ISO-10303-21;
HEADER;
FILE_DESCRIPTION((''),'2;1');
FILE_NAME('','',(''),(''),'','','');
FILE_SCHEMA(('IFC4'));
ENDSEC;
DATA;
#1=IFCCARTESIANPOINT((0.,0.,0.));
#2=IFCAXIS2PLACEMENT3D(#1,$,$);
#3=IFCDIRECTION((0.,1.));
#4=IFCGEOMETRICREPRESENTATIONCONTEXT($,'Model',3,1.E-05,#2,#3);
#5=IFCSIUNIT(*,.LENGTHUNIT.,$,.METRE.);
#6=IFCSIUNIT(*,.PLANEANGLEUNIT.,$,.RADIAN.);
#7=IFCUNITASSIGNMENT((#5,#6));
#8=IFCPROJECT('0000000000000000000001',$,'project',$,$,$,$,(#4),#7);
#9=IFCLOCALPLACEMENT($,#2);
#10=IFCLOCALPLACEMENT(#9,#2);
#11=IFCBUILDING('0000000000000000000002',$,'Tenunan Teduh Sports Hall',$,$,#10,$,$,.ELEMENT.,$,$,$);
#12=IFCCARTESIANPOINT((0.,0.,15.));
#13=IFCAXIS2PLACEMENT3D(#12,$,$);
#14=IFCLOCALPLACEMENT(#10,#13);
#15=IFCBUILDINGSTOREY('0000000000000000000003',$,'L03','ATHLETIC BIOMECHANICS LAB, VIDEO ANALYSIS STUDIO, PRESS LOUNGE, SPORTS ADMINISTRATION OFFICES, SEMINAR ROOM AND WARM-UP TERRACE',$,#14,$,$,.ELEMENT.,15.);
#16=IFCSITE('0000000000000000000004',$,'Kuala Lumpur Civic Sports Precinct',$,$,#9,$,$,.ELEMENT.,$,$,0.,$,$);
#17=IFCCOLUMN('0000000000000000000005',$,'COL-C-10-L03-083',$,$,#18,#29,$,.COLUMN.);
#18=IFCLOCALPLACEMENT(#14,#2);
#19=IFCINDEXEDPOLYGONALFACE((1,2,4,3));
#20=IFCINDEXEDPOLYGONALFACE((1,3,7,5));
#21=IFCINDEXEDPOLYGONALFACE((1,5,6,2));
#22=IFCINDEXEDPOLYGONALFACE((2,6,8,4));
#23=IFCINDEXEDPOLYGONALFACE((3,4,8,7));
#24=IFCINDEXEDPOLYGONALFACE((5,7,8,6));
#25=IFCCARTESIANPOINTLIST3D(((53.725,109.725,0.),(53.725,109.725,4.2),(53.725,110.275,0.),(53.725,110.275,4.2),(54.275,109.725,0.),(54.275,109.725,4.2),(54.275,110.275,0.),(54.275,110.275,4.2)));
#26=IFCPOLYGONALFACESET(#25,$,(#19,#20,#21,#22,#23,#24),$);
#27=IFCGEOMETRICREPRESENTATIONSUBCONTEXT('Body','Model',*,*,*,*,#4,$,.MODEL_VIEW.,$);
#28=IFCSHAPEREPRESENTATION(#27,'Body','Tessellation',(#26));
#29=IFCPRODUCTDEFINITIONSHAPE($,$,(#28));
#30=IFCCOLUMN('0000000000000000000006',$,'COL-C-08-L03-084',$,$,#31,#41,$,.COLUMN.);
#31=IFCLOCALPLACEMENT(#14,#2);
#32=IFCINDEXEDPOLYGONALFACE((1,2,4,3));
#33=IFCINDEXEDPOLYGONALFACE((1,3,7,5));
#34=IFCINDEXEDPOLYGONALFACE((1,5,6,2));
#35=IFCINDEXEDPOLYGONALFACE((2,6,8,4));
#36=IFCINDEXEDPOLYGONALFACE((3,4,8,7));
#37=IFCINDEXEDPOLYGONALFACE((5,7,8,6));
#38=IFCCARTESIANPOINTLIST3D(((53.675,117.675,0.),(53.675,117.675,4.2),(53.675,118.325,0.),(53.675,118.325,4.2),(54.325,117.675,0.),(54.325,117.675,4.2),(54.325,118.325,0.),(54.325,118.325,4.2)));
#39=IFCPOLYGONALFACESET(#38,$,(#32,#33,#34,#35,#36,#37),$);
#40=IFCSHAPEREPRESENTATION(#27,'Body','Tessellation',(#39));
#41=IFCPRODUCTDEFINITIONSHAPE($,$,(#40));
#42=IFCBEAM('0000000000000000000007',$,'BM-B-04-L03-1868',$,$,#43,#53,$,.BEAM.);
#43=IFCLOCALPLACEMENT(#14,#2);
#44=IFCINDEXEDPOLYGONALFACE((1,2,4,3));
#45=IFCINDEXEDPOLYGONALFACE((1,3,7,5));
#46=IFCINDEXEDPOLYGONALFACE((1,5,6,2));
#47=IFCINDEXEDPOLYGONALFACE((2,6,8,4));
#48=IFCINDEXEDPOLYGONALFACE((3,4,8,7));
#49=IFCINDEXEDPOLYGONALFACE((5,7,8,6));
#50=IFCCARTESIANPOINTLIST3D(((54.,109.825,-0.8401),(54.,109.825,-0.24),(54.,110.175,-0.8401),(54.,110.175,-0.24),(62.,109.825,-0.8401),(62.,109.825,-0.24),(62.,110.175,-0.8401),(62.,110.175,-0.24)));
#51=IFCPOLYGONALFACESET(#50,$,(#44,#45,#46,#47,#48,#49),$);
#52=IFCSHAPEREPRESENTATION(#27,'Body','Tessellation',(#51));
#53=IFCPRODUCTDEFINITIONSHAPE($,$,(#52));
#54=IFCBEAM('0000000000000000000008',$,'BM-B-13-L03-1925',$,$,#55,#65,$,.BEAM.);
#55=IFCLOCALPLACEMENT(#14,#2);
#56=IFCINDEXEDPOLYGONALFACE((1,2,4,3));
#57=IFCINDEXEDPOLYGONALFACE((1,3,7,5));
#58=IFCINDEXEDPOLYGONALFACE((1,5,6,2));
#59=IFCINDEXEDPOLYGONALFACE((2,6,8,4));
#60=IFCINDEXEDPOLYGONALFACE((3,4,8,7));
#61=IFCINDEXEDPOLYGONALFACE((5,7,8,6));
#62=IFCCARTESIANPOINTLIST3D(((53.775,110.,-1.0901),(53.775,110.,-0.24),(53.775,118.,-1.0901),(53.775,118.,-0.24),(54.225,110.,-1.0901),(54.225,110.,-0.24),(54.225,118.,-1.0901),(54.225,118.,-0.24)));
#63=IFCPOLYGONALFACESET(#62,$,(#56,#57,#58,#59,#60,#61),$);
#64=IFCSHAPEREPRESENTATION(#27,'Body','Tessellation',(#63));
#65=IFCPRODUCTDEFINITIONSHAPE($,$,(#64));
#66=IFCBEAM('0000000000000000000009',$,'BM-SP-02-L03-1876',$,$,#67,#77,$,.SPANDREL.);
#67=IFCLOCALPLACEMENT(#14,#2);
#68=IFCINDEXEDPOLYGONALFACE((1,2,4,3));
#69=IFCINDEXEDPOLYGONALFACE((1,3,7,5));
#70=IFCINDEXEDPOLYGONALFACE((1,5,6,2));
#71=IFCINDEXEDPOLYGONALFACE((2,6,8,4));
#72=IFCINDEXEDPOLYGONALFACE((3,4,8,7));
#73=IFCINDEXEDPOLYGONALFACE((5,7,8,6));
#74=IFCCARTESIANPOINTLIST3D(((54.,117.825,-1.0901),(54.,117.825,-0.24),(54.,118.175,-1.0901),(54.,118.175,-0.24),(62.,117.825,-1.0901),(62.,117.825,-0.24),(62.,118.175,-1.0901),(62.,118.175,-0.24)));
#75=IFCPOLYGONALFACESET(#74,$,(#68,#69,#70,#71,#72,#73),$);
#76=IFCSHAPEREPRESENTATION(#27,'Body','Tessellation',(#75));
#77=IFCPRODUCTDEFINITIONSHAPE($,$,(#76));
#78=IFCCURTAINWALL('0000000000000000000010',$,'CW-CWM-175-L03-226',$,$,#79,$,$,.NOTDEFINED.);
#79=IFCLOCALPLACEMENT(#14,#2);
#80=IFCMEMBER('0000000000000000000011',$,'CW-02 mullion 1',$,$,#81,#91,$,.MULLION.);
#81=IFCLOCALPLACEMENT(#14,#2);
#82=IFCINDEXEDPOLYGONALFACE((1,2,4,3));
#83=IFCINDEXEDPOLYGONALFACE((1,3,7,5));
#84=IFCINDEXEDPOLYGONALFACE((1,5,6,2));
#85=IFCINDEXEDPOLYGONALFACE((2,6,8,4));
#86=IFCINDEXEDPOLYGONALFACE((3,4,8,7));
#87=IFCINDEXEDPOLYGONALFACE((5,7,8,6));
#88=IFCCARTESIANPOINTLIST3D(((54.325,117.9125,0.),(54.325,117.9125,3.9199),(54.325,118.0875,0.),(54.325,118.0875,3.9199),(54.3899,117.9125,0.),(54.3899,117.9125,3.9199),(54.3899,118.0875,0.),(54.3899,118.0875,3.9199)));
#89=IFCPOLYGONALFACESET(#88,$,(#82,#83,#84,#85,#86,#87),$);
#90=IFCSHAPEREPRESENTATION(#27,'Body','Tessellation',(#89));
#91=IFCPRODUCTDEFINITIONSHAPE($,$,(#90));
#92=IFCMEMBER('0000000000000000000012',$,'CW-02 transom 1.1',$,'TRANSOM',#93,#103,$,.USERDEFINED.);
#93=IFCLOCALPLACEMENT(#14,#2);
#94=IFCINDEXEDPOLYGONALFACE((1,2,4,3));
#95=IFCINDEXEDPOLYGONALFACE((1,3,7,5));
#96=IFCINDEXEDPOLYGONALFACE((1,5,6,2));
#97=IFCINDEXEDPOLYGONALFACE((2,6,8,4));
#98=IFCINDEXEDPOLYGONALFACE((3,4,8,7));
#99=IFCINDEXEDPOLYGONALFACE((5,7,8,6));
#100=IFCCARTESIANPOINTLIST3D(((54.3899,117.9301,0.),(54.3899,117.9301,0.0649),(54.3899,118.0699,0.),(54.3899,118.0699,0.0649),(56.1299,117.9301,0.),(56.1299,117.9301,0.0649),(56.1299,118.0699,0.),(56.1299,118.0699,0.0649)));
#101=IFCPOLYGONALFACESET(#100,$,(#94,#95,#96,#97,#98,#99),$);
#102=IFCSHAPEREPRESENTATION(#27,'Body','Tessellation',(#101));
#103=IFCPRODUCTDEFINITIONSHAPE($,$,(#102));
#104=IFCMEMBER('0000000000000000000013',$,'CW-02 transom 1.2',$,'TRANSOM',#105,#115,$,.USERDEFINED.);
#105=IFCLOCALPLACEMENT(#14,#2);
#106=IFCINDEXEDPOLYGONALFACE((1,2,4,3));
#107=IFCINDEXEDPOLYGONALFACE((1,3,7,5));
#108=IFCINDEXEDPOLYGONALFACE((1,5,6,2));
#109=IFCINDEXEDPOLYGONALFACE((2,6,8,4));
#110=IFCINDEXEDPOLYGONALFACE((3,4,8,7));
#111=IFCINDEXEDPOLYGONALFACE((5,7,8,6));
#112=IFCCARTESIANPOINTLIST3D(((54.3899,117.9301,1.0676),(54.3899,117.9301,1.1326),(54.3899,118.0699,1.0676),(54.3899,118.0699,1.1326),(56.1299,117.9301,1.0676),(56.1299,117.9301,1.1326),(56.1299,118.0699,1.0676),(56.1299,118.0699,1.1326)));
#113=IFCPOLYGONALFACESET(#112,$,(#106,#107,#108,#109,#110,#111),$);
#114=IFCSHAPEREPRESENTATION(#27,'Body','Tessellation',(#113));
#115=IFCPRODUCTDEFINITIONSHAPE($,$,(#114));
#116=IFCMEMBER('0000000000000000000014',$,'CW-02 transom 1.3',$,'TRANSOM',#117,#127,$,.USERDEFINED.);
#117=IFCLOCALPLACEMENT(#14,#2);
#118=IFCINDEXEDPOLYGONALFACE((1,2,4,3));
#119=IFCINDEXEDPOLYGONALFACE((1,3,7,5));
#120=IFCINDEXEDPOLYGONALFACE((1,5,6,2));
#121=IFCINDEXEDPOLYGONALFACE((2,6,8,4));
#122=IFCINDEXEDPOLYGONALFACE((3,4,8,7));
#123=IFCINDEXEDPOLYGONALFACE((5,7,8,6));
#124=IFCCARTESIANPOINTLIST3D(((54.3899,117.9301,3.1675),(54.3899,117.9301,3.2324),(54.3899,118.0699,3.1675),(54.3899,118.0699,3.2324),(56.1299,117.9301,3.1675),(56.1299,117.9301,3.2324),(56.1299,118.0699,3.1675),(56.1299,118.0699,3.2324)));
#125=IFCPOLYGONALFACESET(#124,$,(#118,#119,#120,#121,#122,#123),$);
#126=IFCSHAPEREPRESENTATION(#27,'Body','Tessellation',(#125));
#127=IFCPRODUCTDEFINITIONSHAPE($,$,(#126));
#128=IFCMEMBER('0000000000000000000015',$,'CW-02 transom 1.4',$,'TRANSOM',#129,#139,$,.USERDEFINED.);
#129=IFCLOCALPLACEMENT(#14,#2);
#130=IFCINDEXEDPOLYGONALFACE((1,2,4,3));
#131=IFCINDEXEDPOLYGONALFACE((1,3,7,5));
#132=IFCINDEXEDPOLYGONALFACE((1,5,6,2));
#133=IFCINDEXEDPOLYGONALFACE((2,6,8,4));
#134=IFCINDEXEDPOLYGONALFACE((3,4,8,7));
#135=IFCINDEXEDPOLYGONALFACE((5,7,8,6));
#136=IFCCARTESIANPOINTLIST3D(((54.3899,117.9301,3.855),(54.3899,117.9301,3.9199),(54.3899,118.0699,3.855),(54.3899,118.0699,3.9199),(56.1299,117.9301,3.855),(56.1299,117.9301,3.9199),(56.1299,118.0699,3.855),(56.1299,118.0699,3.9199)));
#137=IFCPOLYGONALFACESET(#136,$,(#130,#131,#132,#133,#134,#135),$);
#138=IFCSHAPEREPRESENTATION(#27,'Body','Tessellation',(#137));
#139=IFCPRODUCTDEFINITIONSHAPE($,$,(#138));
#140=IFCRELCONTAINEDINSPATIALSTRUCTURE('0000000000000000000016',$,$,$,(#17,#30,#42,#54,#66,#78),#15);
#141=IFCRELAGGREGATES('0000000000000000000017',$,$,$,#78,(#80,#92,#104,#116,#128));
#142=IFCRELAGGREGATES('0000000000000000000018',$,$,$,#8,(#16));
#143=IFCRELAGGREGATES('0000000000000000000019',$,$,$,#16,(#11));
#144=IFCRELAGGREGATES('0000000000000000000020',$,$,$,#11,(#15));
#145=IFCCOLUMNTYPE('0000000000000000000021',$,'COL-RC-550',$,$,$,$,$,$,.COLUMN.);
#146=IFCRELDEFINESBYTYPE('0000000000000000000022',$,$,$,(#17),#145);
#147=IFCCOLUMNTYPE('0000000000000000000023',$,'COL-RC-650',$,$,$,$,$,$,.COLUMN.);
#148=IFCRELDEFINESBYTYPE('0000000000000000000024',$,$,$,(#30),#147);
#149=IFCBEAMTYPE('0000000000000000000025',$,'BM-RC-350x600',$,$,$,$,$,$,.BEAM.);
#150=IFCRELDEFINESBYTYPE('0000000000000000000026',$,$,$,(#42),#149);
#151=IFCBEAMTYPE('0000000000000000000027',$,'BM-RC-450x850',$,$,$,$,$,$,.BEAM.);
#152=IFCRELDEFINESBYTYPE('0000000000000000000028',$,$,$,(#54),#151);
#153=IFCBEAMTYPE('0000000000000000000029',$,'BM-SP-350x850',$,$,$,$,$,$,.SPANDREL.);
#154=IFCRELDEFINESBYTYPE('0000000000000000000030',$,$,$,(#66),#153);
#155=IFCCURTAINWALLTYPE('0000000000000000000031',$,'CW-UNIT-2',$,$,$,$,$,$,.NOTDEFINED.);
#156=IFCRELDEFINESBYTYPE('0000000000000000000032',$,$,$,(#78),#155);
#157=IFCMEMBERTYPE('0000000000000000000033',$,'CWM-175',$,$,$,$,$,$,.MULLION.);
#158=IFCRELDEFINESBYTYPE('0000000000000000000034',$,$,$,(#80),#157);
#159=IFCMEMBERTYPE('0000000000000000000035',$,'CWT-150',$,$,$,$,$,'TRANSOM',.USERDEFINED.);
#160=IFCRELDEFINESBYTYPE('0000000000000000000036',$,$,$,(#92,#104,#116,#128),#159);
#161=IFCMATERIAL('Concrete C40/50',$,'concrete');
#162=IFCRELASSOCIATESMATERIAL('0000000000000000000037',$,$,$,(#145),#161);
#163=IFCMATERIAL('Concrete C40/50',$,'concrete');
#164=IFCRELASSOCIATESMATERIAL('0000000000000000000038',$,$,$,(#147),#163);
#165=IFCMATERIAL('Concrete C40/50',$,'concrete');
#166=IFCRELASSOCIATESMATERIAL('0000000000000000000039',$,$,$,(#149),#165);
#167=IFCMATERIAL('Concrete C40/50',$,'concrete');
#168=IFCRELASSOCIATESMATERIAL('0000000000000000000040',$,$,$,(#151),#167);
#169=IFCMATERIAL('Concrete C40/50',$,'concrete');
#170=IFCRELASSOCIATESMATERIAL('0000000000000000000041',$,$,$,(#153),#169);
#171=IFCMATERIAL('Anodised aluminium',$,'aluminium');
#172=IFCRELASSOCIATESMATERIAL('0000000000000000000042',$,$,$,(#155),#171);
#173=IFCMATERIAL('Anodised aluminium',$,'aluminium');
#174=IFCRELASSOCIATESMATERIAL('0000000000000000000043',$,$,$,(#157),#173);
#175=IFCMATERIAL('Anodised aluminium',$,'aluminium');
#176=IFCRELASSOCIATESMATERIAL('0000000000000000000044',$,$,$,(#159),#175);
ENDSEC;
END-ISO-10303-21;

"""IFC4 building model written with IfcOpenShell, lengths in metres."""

from ifc_helpers import new_model, si_unit, direction, frame, origin, origin_2d, place, context, subcontext, project, spatial, rectangle, extrude, material, material_profile, profile_set, type_object, element, aggregate, save


model = new_model("IFC4")

# Units and contexts
model_context = context("Model", 3, precision=1e-05, world=origin(), true_north=direction((0.0, 1.0)))
body_context = subcontext(model_context, "Body", "Model", "MODEL_VIEW")
ifc_project = project(units=[si_unit("LENGTHUNIT", "METRE"), si_unit("PLANEANGLEUNIT", "RADIAN")], contexts=[model_context])

# Site, building, storey
site_placement = place(None, origin())
site = spatial("IfcSite", under=ifc_project, at=site_placement, Name="Kuala Lumpur Civic Sports Precinct", CompositionType="ELEMENT", RefElevation=0.0)
building_placement = place(site_placement, origin())
building = spatial("IfcBuilding", under=site, at=building_placement, Name="Tenunan Teduh Sports Hall", CompositionType="ELEMENT")
storey_placement = place(building_placement, frame((0.0, 0.0, 15.0)))
storey = spatial("IfcBuildingStorey", under=building, at=storey_placement, Name="L03", Description="ATHLETIC BIOMECHANICS LAB, VIDEO ANALYSIS STUDIO, PRESS LOUNGE, SPORTS ADMINISTRATION OFFICES, SEMINAR ROOM AND WARM-UP TERRACE", CompositionType="ELEMENT", Elevation=15.0)

# Columns
ifc_material_1 = material(Name="Concrete C40/50", Category="concrete")
ifc_material_profile_1 = material_profile(ifc_material_1, rectangle(XDim=0.55, YDim=0.55, at=origin_2d()), Name="RC 550x550")
ifc_profile_set_1 = profile_set([ifc_material_profile_1], Name="Concrete C40/50")
column_type_1 = type_object("IfcColumnType", Name="COL-RC-550", PredefinedType="COLUMN", material=ifc_profile_set_1)
column_1_placement = place(storey_placement, frame((54.0, 110.0, 0.0), z_axis=(0.0, 0.0, 1.0), x_axis=(1.0, 0.0, 0.0)))
element("IfcColumn", 1, at=column_1_placement, inside=storey, type_object=column_type_1, Name="COL-C-10-L03-083", PredefinedType="COLUMN", context=body_context, shape_type="SweptSolid", body=[
    extrude(rectangle(XDim=0.55, YDim=0.55, at=origin_2d()), origin(), (0.0, 0.0, 1.0), 4.2),
])
ifc_material_2 = material(Name="Concrete C40/50", Category="concrete")
ifc_material_profile_2 = material_profile(ifc_material_2, rectangle(XDim=0.6499, YDim=0.6499, at=origin_2d()), Name="RC 650x650")
ifc_profile_set_2 = profile_set([ifc_material_profile_2], Name="Concrete C40/50")
column_type_2 = type_object("IfcColumnType", Name="COL-RC-650", PredefinedType="COLUMN", material=ifc_profile_set_2)
column_2_placement = place(storey_placement, frame((54.0, 118.0, 0.0), z_axis=(0.0, 0.0, 1.0), x_axis=(1.0, 0.0, 0.0)))
element("IfcColumn", 2, at=column_2_placement, inside=storey, type_object=column_type_2, Name="COL-C-08-L03-084", PredefinedType="COLUMN", context=body_context, shape_type="SweptSolid", body=[
    extrude(rectangle(XDim=0.6499, YDim=0.6499, at=origin_2d()), origin(), (0.0, 0.0, 1.0), 4.2),
])

# Beams
ifc_material_3 = material(Name="Concrete C40/50", Category="concrete")
ifc_material_profile_3 = material_profile(ifc_material_3, rectangle(XDim=0.3501, YDim=0.6001, at=origin_2d()), Name="RCB 350x600")
ifc_profile_set_3 = profile_set([ifc_material_profile_3], Name="Concrete C40/50")
beam_type_1 = type_object("IfcBeamType", Name="BM-RC-350x600", PredefinedType="BEAM", material=ifc_profile_set_3)
beam_1_placement = place(storey_placement, frame((54.0, 110.0, -0.54), z_axis=(1.0, 0.0, 0.0), x_axis=(0.0, 1.0, 0.0)))
element("IfcBeam", 3, at=beam_1_placement, inside=storey, type_object=beam_type_1, Name="BM-B-04-L03-1868", PredefinedType="BEAM", context=body_context, shape_type="SweptSolid", body=[
    extrude(rectangle(XDim=0.3501, YDim=0.6001, at=origin_2d()), origin(), (0.0, 0.0, 1.0), 8.0),
])
ifc_material_4 = material(Name="Concrete C40/50", Category="concrete")
ifc_material_profile_4 = material_profile(ifc_material_4, rectangle(XDim=0.45, YDim=0.8501, at=origin_2d()), Name="RCB 450x850")
ifc_profile_set_4 = profile_set([ifc_material_profile_4], Name="Concrete C40/50")
beam_type_2 = type_object("IfcBeamType", Name="BM-RC-450x850", PredefinedType="BEAM", material=ifc_profile_set_4)
beam_2_placement = place(storey_placement, frame((54.0, 110.0, -0.665), z_axis=(0.0, 1.0, 0.0), x_axis=(-1.0, 0.0, 0.0)))
element("IfcBeam", 4, at=beam_2_placement, inside=storey, type_object=beam_type_2, Name="BM-B-13-L03-1925", PredefinedType="BEAM", context=body_context, shape_type="SweptSolid", body=[
    extrude(rectangle(XDim=0.45, YDim=0.8501, at=origin_2d()), origin(), (0.0, 0.0, 1.0), 8.0),
])
ifc_material_5 = material(Name="Concrete C40/50", Category="concrete")
ifc_material_profile_5 = material_profile(ifc_material_5, rectangle(XDim=0.3501, YDim=0.8501, at=origin_2d()), Name="SPB 350x850")
ifc_profile_set_5 = profile_set([ifc_material_profile_5], Name="Concrete C40/50")
beam_type_3 = type_object("IfcBeamType", Name="BM-SP-350x850", PredefinedType="SPANDREL", material=ifc_profile_set_5)
beam_3_placement = place(storey_placement, frame((54.0, 118.0, -0.665), z_axis=(1.0, 0.0, 0.0), x_axis=(0.0, 1.0, 0.0)))
element("IfcBeam", 5, at=beam_3_placement, inside=storey, type_object=beam_type_3, Name="BM-SP-02-L03-1876", PredefinedType="SPANDREL", context=body_context, shape_type="SweptSolid", body=[
    extrude(rectangle(XDim=0.3501, YDim=0.8501, at=origin_2d()), origin(), (0.0, 0.0, 1.0), 8.0),
])

# Curtain wall, members
ifc_material_6 = material(Name="Anodised aluminium", Category="aluminium")
curtain_wall_type = type_object("IfcCurtainWallType", Name="CW-UNIT-2", PredefinedType="NOTDEFINED", material=ifc_material_6)
curtain_wall_placement = place(storey_placement, origin())
curtain_wall = element("IfcCurtainWall", 6, at=curtain_wall_placement, inside=storey, type_object=curtain_wall_type, Name="CW-CWM-175-L03-226", PredefinedType="NOTDEFINED")
ifc_material_7 = material(Name="Anodised aluminium", Category="aluminium")
ifc_material_profile_6 = material_profile(ifc_material_7, rectangle(XDim=0.0649, YDim=0.175, at=origin_2d()), Name="CWM 65x175")
ifc_profile_set_6 = profile_set([ifc_material_profile_6], Name="Anodised aluminium")
member_type_1 = type_object("IfcMemberType", Name="CWM-175", PredefinedType="MULLION", material=ifc_profile_set_6)
member_1_placement = place(storey_placement, frame((54.3574, 118.0, 0.0), z_axis=(0.0, 0.0, 1.0), x_axis=(1.0, 0.0, 0.0)))
member_1 = element("IfcMember", 7, at=member_1_placement, type_object=member_type_1, Name="CW-02 mullion 1", PredefinedType="MULLION", context=body_context, shape_type="SweptSolid", body=[
    extrude(rectangle(XDim=0.0649, YDim=0.175, at=origin_2d()), origin(), (0.0, 0.0, 1.0), 3.9199),
])
ifc_material_8 = material(Name="Anodised aluminium", Category="aluminium")
ifc_material_profile_7 = material_profile(ifc_material_8, rectangle(XDim=0.0649, YDim=0.1399, at=origin_2d()), Name="CWT 65x140")
ifc_profile_set_7 = profile_set([ifc_material_profile_7], Name="Anodised aluminium")
member_type_2 = type_object("IfcMemberType", Name="CWT-150", ElementType="TRANSOM", PredefinedType="USERDEFINED", material=ifc_profile_set_7)
member_2_placement = place(storey_placement, frame((54.3899, 118.0, 0.0325), z_axis=(1.0, 0.0, 0.0), x_axis=(0.0, 0.0, 1.0)))
member_2 = element("IfcMember", 8, at=member_2_placement, type_object=member_type_2, Name="CW-02 transom 1.1", ObjectType="TRANSOM", PredefinedType="USERDEFINED", context=body_context, shape_type="SweptSolid", body=[
    extrude(rectangle(XDim=0.0649, YDim=0.1399, at=origin_2d()), origin(), (0.0, 0.0, 1.0), 1.74),
])
member_3_placement = place(storey_placement, frame((54.3899, 118.0, 1.1001), z_axis=(1.0, 0.0, 0.0), x_axis=(0.0, 0.0, 1.0)))
member_3 = element("IfcMember", 9, at=member_3_placement, type_object=member_type_2, Name="CW-02 transom 1.2", ObjectType="TRANSOM", PredefinedType="USERDEFINED", context=body_context, shape_type="SweptSolid", body=[
    extrude(rectangle(XDim=0.0649, YDim=0.1399, at=origin_2d()), origin(), (0.0, 0.0, 1.0), 1.74),
])
member_4_placement = place(storey_placement, frame((54.3899, 118.0, 3.2), z_axis=(1.0, 0.0, 0.0), x_axis=(0.0, 0.0, 1.0)))
member_4 = element("IfcMember", 10, at=member_4_placement, type_object=member_type_2, Name="CW-02 transom 1.3", ObjectType="TRANSOM", PredefinedType="USERDEFINED", context=body_context, shape_type="SweptSolid", body=[
    extrude(rectangle(XDim=0.0649, YDim=0.1399, at=origin_2d()), origin(), (0.0, 0.0, 1.0), 1.74),
])
member_5_placement = place(storey_placement, frame((54.3899, 118.0, 3.8875), z_axis=(1.0, 0.0, 0.0), x_axis=(0.0, 0.0, 1.0)))
member_5 = element("IfcMember", 11, at=member_5_placement, type_object=member_type_2, Name="CW-02 transom 1.4", ObjectType="TRANSOM", PredefinedType="USERDEFINED", context=body_context, shape_type="SweptSolid", body=[
    extrude(rectangle(XDim=0.0649, YDim=0.1399, at=origin_2d()), origin(), (0.0, 0.0, 1.0), 1.74),
])

aggregate(curtain_wall, [member_1, member_2, member_3, member_4, member_5])

save(model, "model.ifc")
